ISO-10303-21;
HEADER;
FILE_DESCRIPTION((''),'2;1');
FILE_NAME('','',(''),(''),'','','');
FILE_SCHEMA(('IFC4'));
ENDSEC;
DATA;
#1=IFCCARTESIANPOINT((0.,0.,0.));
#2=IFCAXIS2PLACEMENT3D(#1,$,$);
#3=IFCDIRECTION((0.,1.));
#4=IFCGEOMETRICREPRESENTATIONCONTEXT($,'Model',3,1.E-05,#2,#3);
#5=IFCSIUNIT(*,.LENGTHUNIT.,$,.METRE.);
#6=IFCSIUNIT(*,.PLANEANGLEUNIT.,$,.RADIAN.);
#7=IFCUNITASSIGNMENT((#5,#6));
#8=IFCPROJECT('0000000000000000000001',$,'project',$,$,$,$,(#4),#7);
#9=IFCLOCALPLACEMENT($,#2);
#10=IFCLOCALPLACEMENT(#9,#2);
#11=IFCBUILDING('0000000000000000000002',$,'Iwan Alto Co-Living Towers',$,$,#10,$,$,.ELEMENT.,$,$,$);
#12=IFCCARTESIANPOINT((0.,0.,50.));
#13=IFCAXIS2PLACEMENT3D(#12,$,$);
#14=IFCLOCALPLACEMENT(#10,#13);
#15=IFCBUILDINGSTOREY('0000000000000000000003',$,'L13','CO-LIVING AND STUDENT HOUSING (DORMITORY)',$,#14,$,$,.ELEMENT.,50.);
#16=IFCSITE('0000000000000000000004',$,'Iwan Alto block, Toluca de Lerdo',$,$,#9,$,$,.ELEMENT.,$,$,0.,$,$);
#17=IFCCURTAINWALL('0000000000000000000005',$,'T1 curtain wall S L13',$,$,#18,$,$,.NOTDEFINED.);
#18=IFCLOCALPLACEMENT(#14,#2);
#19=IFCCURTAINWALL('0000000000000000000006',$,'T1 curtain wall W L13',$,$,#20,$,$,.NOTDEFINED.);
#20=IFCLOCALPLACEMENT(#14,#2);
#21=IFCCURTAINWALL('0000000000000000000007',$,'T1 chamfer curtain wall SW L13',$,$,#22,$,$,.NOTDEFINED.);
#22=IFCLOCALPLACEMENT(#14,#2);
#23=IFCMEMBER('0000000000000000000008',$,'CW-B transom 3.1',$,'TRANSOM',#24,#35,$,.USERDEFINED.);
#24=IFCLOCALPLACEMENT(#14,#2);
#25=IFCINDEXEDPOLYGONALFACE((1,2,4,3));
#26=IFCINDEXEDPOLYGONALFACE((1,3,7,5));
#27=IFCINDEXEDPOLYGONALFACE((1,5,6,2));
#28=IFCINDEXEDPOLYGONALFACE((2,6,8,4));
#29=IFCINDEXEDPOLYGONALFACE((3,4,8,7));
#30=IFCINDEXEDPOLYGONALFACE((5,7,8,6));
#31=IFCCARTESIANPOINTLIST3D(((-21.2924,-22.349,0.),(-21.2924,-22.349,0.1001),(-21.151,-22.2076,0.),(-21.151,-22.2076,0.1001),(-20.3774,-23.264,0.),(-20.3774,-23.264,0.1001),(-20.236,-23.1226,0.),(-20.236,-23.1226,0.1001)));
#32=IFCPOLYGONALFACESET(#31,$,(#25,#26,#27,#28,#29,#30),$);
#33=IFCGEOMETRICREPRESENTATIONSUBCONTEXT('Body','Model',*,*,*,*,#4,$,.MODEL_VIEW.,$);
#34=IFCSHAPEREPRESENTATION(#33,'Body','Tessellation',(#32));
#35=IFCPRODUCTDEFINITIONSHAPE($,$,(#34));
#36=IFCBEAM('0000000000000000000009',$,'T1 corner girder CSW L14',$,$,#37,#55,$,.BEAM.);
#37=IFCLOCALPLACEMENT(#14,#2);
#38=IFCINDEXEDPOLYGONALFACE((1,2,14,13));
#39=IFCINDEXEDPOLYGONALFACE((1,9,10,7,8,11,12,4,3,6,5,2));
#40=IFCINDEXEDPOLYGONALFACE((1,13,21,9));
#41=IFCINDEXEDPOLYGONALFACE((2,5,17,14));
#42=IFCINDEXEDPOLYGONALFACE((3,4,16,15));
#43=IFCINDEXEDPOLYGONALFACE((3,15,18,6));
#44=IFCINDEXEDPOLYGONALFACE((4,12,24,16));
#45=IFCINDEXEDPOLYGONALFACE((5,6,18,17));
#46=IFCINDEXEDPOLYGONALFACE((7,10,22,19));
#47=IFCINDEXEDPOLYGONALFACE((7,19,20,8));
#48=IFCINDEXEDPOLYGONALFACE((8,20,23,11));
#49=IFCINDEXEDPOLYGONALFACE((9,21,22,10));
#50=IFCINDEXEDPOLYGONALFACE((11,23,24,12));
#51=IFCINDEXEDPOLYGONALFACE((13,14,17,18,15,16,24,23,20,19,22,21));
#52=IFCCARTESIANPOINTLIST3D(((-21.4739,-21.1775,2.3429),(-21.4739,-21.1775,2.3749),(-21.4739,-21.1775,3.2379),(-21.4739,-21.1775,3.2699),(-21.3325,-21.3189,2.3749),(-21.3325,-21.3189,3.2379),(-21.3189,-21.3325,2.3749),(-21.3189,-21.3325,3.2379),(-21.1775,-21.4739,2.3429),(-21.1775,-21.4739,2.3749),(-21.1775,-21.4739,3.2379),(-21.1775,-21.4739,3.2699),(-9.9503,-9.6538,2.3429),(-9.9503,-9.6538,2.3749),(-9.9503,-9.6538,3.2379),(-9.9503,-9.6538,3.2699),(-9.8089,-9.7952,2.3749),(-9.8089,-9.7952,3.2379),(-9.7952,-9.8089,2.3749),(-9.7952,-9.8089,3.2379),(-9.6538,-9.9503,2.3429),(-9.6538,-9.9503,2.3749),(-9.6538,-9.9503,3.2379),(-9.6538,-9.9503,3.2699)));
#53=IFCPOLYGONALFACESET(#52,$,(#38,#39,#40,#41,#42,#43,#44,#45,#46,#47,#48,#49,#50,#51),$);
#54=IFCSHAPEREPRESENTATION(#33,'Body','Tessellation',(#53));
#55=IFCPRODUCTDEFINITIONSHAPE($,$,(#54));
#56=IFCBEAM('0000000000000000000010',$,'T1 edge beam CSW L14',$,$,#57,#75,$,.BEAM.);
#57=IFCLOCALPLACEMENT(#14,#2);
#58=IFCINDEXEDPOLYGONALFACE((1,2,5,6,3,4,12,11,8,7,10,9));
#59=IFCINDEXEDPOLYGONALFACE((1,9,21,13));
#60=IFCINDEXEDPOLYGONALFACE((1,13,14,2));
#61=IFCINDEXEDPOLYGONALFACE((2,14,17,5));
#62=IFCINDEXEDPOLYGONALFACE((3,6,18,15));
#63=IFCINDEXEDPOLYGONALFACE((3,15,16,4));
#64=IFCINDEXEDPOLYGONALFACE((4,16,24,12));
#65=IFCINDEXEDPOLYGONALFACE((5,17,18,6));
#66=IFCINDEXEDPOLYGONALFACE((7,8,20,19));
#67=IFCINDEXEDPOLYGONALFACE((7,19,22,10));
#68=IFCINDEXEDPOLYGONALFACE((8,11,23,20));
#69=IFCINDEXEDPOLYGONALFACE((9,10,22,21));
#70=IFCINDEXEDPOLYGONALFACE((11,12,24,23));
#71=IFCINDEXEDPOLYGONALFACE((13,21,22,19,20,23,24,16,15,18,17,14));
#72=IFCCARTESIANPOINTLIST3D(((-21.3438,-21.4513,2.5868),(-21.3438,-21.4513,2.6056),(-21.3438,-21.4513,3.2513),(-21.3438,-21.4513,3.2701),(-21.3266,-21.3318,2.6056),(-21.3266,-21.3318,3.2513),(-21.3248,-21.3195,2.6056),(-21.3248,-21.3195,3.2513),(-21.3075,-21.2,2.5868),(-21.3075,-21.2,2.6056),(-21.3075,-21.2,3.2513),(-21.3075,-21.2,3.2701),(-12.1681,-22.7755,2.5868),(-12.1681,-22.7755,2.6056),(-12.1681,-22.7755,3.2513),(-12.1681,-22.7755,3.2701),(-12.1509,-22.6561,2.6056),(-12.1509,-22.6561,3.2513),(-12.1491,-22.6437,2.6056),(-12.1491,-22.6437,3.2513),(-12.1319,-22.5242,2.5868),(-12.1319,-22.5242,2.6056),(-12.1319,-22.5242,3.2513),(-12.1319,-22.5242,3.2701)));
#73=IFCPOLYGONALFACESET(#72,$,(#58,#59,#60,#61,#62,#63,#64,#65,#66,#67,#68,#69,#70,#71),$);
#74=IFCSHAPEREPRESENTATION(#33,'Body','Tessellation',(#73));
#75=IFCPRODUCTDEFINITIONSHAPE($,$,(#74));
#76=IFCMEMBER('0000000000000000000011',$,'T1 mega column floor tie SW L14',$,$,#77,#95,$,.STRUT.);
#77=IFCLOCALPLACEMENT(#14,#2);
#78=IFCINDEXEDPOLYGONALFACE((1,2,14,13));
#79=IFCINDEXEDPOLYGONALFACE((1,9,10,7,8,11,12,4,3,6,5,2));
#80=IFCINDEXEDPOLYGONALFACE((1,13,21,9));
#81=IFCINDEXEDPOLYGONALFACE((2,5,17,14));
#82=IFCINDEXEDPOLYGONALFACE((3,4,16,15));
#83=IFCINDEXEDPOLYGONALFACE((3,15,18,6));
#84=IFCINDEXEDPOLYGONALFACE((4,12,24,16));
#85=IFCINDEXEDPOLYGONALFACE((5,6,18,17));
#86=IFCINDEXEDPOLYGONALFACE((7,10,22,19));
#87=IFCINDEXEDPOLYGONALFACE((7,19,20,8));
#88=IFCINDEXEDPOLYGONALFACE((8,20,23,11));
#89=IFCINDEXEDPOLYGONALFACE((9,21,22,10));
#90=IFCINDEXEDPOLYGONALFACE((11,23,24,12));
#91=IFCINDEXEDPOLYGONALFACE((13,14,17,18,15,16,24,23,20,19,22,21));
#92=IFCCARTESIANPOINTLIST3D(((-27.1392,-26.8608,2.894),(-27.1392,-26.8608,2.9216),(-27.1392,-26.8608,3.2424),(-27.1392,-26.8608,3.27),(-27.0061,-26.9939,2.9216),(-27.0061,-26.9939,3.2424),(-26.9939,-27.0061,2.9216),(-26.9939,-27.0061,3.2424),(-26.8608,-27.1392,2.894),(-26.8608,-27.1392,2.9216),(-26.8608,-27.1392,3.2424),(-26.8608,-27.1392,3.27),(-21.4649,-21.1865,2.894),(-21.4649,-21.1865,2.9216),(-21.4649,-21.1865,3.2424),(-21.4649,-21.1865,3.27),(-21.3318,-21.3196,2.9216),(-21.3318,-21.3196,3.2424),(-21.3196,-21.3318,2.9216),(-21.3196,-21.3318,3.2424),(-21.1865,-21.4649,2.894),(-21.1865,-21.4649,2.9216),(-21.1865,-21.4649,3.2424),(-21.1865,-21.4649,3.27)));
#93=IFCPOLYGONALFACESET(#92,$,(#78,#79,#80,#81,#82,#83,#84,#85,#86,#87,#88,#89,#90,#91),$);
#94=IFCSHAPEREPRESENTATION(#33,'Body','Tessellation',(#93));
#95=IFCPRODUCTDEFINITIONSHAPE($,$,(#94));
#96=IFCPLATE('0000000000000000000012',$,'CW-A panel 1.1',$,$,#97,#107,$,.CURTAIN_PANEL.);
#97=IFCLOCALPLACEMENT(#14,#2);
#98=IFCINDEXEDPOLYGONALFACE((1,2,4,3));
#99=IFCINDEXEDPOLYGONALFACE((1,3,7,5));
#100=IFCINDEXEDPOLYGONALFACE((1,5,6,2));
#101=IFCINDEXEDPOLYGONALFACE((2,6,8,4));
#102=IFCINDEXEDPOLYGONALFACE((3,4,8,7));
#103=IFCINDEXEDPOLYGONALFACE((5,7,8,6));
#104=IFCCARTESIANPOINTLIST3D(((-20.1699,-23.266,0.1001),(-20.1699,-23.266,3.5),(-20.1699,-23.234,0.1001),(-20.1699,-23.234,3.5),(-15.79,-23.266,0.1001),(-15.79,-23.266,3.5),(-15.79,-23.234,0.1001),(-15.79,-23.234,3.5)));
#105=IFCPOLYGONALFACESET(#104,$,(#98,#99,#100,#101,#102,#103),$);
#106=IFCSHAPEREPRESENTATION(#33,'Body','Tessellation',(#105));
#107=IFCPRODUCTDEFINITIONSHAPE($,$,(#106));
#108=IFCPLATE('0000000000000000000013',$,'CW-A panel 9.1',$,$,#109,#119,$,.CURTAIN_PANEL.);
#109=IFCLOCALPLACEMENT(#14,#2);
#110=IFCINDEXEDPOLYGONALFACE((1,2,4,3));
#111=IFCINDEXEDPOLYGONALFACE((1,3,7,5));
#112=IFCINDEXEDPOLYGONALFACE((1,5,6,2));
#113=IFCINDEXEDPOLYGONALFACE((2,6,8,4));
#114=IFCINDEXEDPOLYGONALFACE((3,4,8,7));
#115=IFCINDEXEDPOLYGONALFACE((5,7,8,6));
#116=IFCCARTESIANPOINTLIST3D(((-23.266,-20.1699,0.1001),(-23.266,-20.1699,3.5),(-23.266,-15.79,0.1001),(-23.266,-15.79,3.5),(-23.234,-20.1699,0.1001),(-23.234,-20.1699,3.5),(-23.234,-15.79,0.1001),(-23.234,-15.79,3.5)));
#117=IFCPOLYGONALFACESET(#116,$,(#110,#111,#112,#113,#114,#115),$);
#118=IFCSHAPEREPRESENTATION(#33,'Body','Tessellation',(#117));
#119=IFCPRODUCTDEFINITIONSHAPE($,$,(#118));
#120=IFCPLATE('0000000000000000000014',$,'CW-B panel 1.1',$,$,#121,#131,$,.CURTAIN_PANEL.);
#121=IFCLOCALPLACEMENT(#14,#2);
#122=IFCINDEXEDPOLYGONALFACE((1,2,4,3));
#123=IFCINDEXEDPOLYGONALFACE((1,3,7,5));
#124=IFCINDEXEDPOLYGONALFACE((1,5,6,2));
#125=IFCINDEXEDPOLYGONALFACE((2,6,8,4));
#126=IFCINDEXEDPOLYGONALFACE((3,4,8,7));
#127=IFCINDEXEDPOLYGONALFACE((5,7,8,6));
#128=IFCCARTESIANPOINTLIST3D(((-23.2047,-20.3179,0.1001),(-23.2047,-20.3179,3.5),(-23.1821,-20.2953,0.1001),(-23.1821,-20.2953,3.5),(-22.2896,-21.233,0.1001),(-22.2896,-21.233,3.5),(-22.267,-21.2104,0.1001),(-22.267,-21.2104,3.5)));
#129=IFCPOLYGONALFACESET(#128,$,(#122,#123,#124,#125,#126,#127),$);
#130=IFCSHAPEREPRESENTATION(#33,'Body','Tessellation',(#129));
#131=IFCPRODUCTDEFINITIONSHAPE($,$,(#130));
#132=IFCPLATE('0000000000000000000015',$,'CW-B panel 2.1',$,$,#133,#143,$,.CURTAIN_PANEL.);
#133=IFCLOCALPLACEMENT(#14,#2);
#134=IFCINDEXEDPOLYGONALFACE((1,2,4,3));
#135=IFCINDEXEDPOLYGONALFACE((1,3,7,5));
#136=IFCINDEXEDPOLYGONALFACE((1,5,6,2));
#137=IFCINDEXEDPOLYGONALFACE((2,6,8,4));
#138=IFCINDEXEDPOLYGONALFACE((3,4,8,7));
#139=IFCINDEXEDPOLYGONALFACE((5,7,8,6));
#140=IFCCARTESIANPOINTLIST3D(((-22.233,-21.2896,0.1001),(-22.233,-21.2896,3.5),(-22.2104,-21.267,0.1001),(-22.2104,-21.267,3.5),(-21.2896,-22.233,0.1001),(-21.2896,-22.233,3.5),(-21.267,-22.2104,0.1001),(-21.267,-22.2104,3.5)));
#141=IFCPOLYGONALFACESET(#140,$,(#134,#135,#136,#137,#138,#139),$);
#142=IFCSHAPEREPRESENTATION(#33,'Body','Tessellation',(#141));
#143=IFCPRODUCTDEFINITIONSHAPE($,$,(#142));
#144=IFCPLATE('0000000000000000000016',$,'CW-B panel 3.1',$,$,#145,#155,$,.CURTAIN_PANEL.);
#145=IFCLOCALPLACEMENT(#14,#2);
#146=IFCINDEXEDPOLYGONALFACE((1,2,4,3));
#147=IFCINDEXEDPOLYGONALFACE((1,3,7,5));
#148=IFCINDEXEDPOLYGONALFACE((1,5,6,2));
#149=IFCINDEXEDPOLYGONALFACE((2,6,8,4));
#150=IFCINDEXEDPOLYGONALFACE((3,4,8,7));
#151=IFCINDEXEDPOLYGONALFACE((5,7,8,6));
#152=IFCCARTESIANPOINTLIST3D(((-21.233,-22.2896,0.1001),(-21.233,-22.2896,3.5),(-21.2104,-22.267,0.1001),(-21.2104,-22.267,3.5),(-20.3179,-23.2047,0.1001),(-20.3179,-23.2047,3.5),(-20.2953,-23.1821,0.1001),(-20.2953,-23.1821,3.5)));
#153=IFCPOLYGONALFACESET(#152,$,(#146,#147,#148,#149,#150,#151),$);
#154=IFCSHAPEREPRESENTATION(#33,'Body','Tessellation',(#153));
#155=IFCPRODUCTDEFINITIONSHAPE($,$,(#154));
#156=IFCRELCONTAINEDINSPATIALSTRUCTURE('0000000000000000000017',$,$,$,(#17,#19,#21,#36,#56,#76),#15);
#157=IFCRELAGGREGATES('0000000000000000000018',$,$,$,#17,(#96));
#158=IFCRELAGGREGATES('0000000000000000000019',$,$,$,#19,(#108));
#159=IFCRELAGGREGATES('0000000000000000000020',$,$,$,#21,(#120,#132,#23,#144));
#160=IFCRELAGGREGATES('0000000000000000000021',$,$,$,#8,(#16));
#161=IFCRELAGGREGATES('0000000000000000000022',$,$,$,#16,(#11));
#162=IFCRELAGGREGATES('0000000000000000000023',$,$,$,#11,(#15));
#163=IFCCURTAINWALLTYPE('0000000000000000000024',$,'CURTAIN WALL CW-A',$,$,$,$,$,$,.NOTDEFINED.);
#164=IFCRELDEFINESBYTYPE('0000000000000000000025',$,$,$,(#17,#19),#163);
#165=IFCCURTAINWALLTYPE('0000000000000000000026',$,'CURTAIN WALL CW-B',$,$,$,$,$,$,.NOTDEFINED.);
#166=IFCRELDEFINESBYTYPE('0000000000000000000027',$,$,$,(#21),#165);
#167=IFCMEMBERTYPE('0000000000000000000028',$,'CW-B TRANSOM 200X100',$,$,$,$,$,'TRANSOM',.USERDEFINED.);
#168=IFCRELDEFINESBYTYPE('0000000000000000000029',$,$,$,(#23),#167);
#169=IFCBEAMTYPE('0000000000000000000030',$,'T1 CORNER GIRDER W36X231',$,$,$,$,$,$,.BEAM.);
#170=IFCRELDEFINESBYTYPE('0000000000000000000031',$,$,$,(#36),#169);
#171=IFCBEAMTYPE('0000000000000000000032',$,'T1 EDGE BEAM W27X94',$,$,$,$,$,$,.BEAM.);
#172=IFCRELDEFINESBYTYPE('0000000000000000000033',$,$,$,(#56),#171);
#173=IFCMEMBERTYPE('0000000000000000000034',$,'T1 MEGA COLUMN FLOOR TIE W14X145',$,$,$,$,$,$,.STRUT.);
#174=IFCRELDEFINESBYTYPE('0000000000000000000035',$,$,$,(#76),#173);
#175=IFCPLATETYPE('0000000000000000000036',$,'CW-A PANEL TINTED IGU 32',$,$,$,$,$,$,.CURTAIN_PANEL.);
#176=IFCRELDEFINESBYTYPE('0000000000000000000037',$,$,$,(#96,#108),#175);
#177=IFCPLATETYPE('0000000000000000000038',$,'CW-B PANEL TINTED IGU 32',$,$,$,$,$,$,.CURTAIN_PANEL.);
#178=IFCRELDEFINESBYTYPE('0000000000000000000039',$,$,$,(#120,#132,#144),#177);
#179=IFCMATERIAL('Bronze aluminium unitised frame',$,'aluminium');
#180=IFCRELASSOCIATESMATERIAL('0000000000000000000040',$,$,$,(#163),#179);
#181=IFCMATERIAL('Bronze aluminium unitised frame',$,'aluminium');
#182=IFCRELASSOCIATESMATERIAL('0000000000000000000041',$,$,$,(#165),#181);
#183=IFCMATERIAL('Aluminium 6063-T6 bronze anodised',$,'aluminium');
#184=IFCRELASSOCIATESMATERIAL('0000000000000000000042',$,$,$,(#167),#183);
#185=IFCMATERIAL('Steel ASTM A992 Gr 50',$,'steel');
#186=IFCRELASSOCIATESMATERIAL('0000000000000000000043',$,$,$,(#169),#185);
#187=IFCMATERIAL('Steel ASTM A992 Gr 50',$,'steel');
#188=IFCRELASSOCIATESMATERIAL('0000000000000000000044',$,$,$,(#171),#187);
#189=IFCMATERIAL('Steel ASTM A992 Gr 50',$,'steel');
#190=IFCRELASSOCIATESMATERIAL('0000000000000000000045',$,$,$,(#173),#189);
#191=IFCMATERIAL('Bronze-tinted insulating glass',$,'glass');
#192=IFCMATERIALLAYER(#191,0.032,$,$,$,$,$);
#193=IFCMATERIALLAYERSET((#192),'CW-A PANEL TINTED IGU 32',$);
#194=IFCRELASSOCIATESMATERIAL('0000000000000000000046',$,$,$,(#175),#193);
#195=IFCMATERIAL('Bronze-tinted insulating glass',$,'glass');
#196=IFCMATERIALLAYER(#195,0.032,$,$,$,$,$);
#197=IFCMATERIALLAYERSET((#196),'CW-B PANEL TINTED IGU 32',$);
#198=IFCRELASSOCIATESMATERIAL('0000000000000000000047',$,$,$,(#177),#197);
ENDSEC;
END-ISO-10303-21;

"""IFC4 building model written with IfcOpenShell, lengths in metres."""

from ifc_helpers import new_model, si_unit, direction, frame, origin, origin_2d, place, context, subcontext, project, spatial, rectangle, i_section, extrude, material, layer, layer_set, material_profile, profile_set, type_object, element, aggregate, save


model = new_model("IFC4")

# Units and contexts
model_context = context("Model", 3, precision=1e-05, world=origin(), true_north=direction((0.0, 1.0)))
body_context = subcontext(model_context, "Body", "Model", "MODEL_VIEW")
ifc_project = project(units=[si_unit("LENGTHUNIT", "METRE"), si_unit("PLANEANGLEUNIT", "RADIAN")], contexts=[model_context])

# Site, building, storey
site_placement = place(None, origin())
site = spatial("IfcSite", under=ifc_project, at=site_placement, Name="Iwan Alto block, Toluca de Lerdo", CompositionType="ELEMENT", RefElevation=0.0)
building_placement = place(site_placement, origin())
building = spatial("IfcBuilding", under=site, at=building_placement, Name="Iwan Alto Co-Living Towers", CompositionType="ELEMENT")
storey_placement = place(building_placement, frame((0.0, 0.0, 50.0)))
storey = spatial("IfcBuildingStorey", under=building, at=storey_placement, Name="L13", Description="CO-LIVING AND STUDENT HOUSING (DORMITORY)", CompositionType="ELEMENT", Elevation=50.0)

# Curtain wall
ifc_material_1 = material(Name="Bronze aluminium unitised frame", Category="aluminium")
curtain_wall_type_1 = type_object("IfcCurtainWallType", Name="CURTAIN WALL CW-A", PredefinedType="NOTDEFINED", material=ifc_material_1)
curtain_wall_1_placement = place(storey_placement, origin())
curtain_wall_1 = element("IfcCurtainWall", 1, at=curtain_wall_1_placement, inside=storey, type_object=curtain_wall_type_1, Name="T1 curtain wall S L13", PredefinedType="NOTDEFINED")

# Curtain wall
curtain_wall_2_placement = place(storey_placement, origin())
curtain_wall_2 = element("IfcCurtainWall", 2, at=curtain_wall_2_placement, inside=storey, type_object=curtain_wall_type_1, Name="T1 curtain wall W L13", PredefinedType="NOTDEFINED")

# Curtain wall, member
ifc_material_2 = material(Name="Bronze aluminium unitised frame", Category="aluminium")
curtain_wall_type_2 = type_object("IfcCurtainWallType", Name="CURTAIN WALL CW-B", PredefinedType="NOTDEFINED", material=ifc_material_2)
curtain_wall_3_placement = place(storey_placement, origin())
curtain_wall_3 = element("IfcCurtainWall", 3, at=curtain_wall_3_placement, inside=storey, type_object=curtain_wall_type_2, Name="T1 chamfer curtain wall SW L13", PredefinedType="NOTDEFINED")
ifc_material_3 = material(Name="Aluminium 6063-T6 bronze anodised", Category="aluminium")
ifc_material_profile_1 = material_profile(ifc_material_3, rectangle(XDim=0.2, YDim=0.1001, at=origin_2d()), Name="AL 200X100")
ifc_profile_set_1 = profile_set([ifc_material_profile_1], Name="Aluminium 6063-T6 bronze anodised")
member_type_1 = type_object("IfcMemberType", Name="CW-B TRANSOM 200X100", ElementType="TRANSOM", PredefinedType="USERDEFINED", material=ifc_profile_set_1)
member_1_placement = place(storey_placement, frame((-21.2217, -22.2783, 0.05), z_axis=(0.707107, -0.707107, 0.0), x_axis=(0.707107, 0.707107, 0.0)))
member_1 = element("IfcMember", 4, at=member_1_placement, type_object=member_type_1, Name="CW-B transom 3.1", ObjectType="TRANSOM", PredefinedType="USERDEFINED", context=body_context, shape_type="SweptSolid", body=[
    extrude(rectangle(XDim=0.2, YDim=0.1001, at=origin_2d()), origin(), (0.0, 0.0, 1.0), 1.2939),
])

# Beams
ifc_material_4 = material(Name="Steel ASTM A992 Gr 50", Category="steel")
ifc_material_profile_2 = material_profile(ifc_material_4, i_section(OverallWidth=0.4192, OverallDepth=0.927, WebThickness=0.0193, FlangeThickness=0.032, at=origin_2d()), Name="W36X231")
ifc_profile_set_2 = profile_set([ifc_material_profile_2], Name="Steel ASTM A992 Gr 50")
beam_type_1 = type_object("IfcBeamType", Name="T1 CORNER GIRDER W36X231", PredefinedType="BEAM", material=ifc_profile_set_2)
beam_1_placement = place(storey_placement, frame((-21.3257, -21.3257, 2.8064), z_axis=(0.707107, 0.707107, 0.0), x_axis=(-0.707107, 0.707107, 0.0)))
element("IfcBeam", 5, at=beam_1_placement, inside=storey, type_object=beam_type_1, Name="T1 corner girder CSW L14", PredefinedType="BEAM", context=body_context, shape_type="SweptSolid", body=[
    extrude(i_section(OverallWidth=0.4192, OverallDepth=0.927, WebThickness=0.0193, FlangeThickness=0.032, at=origin_2d()), origin(), (0.0, 0.0, 1.0), 16.2969),
])
ifc_material_5 = material(Name="Steel ASTM A992 Gr 50", Category="steel")
ifc_material_profile_3 = material_profile(ifc_material_5, i_section(OverallWidth=0.2539, OverallDepth=0.6833, WebThickness=0.0125, FlangeThickness=0.0188, at=origin_2d()), Name="W27X94")
ifc_profile_set_3 = profile_set([ifc_material_profile_3], Name="Steel ASTM A992 Gr 50")
beam_type_2 = type_object("IfcBeamType", Name="T1 EDGE BEAM W27X94", PredefinedType="BEAM", material=ifc_profile_set_3)
beam_2_placement = place(storey_placement, frame((-21.3257, -21.3257, 2.9285), z_axis=(0.989746, -0.142837, 0.0), x_axis=(0.142837, 0.989746, 0.0)))
element("IfcBeam", 6, at=beam_2_placement, inside=storey, type_object=beam_type_2, Name="T1 edge beam CSW L14", PredefinedType="BEAM", context=body_context, shape_type="SweptSolid", body=[
    extrude(i_section(OverallWidth=0.2539, OverallDepth=0.6833, WebThickness=0.0125, FlangeThickness=0.0188, at=origin_2d()), origin(), (0.0, 0.0, 1.0), 9.2708),
])

# Member
ifc_material_6 = material(Name="Steel ASTM A992 Gr 50", Category="steel")
ifc_material_profile_4 = material_profile(ifc_material_6, i_section(OverallWidth=0.3938, OverallDepth=0.376, WebThickness=0.0173, FlangeThickness=0.0276, at=origin_2d()), Name="W14X145")
ifc_profile_set_4 = profile_set([ifc_material_profile_4], Name="Steel ASTM A992 Gr 50")
member_type_2 = type_object("IfcMemberType", Name="T1 MEGA COLUMN FLOOR TIE W14X145", PredefinedType="STRUT", material=ifc_profile_set_4)
member_2_placement = place(storey_placement, frame((-27.0, -27.0, 3.082), z_axis=(0.707107, 0.707107, 0.0), x_axis=(-0.707107, 0.707107, 0.0)))
element("IfcMember", 7, at=member_2_placement, inside=storey, type_object=member_type_2, Name="T1 mega column floor tie SW L14", PredefinedType="STRUT", context=body_context, shape_type="SweptSolid", body=[
    extrude(i_section(OverallWidth=0.3938, OverallDepth=0.376, WebThickness=0.0173, FlangeThickness=0.0276, at=origin_2d()), origin(), (0.0, 0.0, 1.0), 8.0247),
])

# Plates
ifc_material_7 = material(Name="Bronze-tinted insulating glass", Category="glass")
ifc_layer_1 = layer(ifc_material_7, 0.032)
ifc_layer_set_1 = layer_set([ifc_layer_1], Name="CW-A PANEL TINTED IGU 32")
plate_type_1 = type_object("IfcPlateType", Name="CW-A PANEL TINTED IGU 32", PredefinedType="CURTAIN_PANEL", material=ifc_layer_set_1)
plate_1_placement = place(storey_placement, frame((-17.98, -23.25, 0.1001), z_axis=(0.0, 0.0, 1.0), x_axis=(1.0, 0.0, 0.0)))
plate_1 = element("IfcPlate", 8, at=plate_1_placement, type_object=plate_type_1, Name="CW-A panel 1.1", PredefinedType="CURTAIN_PANEL", context=body_context, shape_type="SweptSolid", body=[
    extrude(rectangle(XDim=4.3799, YDim=0.032, at=origin_2d()), origin(), (0.0, 0.0, 1.0), 3.3999),
])
aggregate(curtain_wall_1, [plate_1])
plate_2_placement = place(storey_placement, frame((-23.25, -17.98, 0.1001), z_axis=(0.0, 0.0, 1.0), x_axis=(0.0, -1.0, 0.0)))
plate_2 = element("IfcPlate", 9, at=plate_2_placement, type_object=plate_type_1, Name="CW-A panel 9.1", PredefinedType="CURTAIN_PANEL", context=body_context, shape_type="SweptSolid", body=[
    extrude(rectangle(XDim=4.3799, YDim=0.032, at=origin_2d()), origin(), (0.0, 0.0, 1.0), 3.3999),
])
aggregate(curtain_wall_2, [plate_2])
ifc_material_8 = material(Name="Bronze-tinted insulating glass", Category="glass")
ifc_layer_2 = layer(ifc_material_8, 0.032)
ifc_layer_set_2 = layer_set([ifc_layer_2], Name="CW-B PANEL TINTED IGU 32")
plate_type_2 = type_object("IfcPlateType", Name="CW-B PANEL TINTED IGU 32", PredefinedType="CURTAIN_PANEL", material=ifc_layer_set_2)
plate_3_placement = place(storey_placement, frame((-22.7358, -20.7642, 0.1001), z_axis=(0.0, 0.0, 1.0), x_axis=(0.707107, -0.707107, 0.0)))
plate_3 = element("IfcPlate", 10, at=plate_3_placement, type_object=plate_type_2, Name="CW-B panel 1.1", PredefinedType="CURTAIN_PANEL", context=body_context, shape_type="SweptSolid", body=[
    extrude(rectangle(XDim=1.2942, YDim=0.032, at=origin_2d()), origin(), (0.0, 0.0, 1.0), 3.3999),
])
plate_4_placement = place(storey_placement, frame((-21.75, -21.75, 0.1001), z_axis=(0.0, 0.0, 1.0), x_axis=(0.707107, -0.707107, 0.0)))
plate_4 = element("IfcPlate", 11, at=plate_4_placement, type_object=plate_type_2, Name="CW-B panel 2.1", PredefinedType="CURTAIN_PANEL", context=body_context, shape_type="SweptSolid", body=[
    extrude(rectangle(XDim=1.3342, YDim=0.032, at=origin_2d()), origin(), (0.0, 0.0, 1.0), 3.3999),
])
plate_5_placement = place(storey_placement, frame((-20.7642, -22.7358, 0.1001), z_axis=(0.0, 0.0, 1.0), x_axis=(0.707107, -0.707107, 0.0)))
plate_5 = element("IfcPlate", 12, at=plate_5_placement, type_object=plate_type_2, Name="CW-B panel 3.1", PredefinedType="CURTAIN_PANEL", context=body_context, shape_type="SweptSolid", body=[
    extrude(rectangle(XDim=1.2942, YDim=0.032, at=origin_2d()), origin(), (0.0, 0.0, 1.0), 3.3999),
])
aggregate(curtain_wall_3, [plate_3, plate_4, member_1, plate_5])

save(model, "model.ifc")
